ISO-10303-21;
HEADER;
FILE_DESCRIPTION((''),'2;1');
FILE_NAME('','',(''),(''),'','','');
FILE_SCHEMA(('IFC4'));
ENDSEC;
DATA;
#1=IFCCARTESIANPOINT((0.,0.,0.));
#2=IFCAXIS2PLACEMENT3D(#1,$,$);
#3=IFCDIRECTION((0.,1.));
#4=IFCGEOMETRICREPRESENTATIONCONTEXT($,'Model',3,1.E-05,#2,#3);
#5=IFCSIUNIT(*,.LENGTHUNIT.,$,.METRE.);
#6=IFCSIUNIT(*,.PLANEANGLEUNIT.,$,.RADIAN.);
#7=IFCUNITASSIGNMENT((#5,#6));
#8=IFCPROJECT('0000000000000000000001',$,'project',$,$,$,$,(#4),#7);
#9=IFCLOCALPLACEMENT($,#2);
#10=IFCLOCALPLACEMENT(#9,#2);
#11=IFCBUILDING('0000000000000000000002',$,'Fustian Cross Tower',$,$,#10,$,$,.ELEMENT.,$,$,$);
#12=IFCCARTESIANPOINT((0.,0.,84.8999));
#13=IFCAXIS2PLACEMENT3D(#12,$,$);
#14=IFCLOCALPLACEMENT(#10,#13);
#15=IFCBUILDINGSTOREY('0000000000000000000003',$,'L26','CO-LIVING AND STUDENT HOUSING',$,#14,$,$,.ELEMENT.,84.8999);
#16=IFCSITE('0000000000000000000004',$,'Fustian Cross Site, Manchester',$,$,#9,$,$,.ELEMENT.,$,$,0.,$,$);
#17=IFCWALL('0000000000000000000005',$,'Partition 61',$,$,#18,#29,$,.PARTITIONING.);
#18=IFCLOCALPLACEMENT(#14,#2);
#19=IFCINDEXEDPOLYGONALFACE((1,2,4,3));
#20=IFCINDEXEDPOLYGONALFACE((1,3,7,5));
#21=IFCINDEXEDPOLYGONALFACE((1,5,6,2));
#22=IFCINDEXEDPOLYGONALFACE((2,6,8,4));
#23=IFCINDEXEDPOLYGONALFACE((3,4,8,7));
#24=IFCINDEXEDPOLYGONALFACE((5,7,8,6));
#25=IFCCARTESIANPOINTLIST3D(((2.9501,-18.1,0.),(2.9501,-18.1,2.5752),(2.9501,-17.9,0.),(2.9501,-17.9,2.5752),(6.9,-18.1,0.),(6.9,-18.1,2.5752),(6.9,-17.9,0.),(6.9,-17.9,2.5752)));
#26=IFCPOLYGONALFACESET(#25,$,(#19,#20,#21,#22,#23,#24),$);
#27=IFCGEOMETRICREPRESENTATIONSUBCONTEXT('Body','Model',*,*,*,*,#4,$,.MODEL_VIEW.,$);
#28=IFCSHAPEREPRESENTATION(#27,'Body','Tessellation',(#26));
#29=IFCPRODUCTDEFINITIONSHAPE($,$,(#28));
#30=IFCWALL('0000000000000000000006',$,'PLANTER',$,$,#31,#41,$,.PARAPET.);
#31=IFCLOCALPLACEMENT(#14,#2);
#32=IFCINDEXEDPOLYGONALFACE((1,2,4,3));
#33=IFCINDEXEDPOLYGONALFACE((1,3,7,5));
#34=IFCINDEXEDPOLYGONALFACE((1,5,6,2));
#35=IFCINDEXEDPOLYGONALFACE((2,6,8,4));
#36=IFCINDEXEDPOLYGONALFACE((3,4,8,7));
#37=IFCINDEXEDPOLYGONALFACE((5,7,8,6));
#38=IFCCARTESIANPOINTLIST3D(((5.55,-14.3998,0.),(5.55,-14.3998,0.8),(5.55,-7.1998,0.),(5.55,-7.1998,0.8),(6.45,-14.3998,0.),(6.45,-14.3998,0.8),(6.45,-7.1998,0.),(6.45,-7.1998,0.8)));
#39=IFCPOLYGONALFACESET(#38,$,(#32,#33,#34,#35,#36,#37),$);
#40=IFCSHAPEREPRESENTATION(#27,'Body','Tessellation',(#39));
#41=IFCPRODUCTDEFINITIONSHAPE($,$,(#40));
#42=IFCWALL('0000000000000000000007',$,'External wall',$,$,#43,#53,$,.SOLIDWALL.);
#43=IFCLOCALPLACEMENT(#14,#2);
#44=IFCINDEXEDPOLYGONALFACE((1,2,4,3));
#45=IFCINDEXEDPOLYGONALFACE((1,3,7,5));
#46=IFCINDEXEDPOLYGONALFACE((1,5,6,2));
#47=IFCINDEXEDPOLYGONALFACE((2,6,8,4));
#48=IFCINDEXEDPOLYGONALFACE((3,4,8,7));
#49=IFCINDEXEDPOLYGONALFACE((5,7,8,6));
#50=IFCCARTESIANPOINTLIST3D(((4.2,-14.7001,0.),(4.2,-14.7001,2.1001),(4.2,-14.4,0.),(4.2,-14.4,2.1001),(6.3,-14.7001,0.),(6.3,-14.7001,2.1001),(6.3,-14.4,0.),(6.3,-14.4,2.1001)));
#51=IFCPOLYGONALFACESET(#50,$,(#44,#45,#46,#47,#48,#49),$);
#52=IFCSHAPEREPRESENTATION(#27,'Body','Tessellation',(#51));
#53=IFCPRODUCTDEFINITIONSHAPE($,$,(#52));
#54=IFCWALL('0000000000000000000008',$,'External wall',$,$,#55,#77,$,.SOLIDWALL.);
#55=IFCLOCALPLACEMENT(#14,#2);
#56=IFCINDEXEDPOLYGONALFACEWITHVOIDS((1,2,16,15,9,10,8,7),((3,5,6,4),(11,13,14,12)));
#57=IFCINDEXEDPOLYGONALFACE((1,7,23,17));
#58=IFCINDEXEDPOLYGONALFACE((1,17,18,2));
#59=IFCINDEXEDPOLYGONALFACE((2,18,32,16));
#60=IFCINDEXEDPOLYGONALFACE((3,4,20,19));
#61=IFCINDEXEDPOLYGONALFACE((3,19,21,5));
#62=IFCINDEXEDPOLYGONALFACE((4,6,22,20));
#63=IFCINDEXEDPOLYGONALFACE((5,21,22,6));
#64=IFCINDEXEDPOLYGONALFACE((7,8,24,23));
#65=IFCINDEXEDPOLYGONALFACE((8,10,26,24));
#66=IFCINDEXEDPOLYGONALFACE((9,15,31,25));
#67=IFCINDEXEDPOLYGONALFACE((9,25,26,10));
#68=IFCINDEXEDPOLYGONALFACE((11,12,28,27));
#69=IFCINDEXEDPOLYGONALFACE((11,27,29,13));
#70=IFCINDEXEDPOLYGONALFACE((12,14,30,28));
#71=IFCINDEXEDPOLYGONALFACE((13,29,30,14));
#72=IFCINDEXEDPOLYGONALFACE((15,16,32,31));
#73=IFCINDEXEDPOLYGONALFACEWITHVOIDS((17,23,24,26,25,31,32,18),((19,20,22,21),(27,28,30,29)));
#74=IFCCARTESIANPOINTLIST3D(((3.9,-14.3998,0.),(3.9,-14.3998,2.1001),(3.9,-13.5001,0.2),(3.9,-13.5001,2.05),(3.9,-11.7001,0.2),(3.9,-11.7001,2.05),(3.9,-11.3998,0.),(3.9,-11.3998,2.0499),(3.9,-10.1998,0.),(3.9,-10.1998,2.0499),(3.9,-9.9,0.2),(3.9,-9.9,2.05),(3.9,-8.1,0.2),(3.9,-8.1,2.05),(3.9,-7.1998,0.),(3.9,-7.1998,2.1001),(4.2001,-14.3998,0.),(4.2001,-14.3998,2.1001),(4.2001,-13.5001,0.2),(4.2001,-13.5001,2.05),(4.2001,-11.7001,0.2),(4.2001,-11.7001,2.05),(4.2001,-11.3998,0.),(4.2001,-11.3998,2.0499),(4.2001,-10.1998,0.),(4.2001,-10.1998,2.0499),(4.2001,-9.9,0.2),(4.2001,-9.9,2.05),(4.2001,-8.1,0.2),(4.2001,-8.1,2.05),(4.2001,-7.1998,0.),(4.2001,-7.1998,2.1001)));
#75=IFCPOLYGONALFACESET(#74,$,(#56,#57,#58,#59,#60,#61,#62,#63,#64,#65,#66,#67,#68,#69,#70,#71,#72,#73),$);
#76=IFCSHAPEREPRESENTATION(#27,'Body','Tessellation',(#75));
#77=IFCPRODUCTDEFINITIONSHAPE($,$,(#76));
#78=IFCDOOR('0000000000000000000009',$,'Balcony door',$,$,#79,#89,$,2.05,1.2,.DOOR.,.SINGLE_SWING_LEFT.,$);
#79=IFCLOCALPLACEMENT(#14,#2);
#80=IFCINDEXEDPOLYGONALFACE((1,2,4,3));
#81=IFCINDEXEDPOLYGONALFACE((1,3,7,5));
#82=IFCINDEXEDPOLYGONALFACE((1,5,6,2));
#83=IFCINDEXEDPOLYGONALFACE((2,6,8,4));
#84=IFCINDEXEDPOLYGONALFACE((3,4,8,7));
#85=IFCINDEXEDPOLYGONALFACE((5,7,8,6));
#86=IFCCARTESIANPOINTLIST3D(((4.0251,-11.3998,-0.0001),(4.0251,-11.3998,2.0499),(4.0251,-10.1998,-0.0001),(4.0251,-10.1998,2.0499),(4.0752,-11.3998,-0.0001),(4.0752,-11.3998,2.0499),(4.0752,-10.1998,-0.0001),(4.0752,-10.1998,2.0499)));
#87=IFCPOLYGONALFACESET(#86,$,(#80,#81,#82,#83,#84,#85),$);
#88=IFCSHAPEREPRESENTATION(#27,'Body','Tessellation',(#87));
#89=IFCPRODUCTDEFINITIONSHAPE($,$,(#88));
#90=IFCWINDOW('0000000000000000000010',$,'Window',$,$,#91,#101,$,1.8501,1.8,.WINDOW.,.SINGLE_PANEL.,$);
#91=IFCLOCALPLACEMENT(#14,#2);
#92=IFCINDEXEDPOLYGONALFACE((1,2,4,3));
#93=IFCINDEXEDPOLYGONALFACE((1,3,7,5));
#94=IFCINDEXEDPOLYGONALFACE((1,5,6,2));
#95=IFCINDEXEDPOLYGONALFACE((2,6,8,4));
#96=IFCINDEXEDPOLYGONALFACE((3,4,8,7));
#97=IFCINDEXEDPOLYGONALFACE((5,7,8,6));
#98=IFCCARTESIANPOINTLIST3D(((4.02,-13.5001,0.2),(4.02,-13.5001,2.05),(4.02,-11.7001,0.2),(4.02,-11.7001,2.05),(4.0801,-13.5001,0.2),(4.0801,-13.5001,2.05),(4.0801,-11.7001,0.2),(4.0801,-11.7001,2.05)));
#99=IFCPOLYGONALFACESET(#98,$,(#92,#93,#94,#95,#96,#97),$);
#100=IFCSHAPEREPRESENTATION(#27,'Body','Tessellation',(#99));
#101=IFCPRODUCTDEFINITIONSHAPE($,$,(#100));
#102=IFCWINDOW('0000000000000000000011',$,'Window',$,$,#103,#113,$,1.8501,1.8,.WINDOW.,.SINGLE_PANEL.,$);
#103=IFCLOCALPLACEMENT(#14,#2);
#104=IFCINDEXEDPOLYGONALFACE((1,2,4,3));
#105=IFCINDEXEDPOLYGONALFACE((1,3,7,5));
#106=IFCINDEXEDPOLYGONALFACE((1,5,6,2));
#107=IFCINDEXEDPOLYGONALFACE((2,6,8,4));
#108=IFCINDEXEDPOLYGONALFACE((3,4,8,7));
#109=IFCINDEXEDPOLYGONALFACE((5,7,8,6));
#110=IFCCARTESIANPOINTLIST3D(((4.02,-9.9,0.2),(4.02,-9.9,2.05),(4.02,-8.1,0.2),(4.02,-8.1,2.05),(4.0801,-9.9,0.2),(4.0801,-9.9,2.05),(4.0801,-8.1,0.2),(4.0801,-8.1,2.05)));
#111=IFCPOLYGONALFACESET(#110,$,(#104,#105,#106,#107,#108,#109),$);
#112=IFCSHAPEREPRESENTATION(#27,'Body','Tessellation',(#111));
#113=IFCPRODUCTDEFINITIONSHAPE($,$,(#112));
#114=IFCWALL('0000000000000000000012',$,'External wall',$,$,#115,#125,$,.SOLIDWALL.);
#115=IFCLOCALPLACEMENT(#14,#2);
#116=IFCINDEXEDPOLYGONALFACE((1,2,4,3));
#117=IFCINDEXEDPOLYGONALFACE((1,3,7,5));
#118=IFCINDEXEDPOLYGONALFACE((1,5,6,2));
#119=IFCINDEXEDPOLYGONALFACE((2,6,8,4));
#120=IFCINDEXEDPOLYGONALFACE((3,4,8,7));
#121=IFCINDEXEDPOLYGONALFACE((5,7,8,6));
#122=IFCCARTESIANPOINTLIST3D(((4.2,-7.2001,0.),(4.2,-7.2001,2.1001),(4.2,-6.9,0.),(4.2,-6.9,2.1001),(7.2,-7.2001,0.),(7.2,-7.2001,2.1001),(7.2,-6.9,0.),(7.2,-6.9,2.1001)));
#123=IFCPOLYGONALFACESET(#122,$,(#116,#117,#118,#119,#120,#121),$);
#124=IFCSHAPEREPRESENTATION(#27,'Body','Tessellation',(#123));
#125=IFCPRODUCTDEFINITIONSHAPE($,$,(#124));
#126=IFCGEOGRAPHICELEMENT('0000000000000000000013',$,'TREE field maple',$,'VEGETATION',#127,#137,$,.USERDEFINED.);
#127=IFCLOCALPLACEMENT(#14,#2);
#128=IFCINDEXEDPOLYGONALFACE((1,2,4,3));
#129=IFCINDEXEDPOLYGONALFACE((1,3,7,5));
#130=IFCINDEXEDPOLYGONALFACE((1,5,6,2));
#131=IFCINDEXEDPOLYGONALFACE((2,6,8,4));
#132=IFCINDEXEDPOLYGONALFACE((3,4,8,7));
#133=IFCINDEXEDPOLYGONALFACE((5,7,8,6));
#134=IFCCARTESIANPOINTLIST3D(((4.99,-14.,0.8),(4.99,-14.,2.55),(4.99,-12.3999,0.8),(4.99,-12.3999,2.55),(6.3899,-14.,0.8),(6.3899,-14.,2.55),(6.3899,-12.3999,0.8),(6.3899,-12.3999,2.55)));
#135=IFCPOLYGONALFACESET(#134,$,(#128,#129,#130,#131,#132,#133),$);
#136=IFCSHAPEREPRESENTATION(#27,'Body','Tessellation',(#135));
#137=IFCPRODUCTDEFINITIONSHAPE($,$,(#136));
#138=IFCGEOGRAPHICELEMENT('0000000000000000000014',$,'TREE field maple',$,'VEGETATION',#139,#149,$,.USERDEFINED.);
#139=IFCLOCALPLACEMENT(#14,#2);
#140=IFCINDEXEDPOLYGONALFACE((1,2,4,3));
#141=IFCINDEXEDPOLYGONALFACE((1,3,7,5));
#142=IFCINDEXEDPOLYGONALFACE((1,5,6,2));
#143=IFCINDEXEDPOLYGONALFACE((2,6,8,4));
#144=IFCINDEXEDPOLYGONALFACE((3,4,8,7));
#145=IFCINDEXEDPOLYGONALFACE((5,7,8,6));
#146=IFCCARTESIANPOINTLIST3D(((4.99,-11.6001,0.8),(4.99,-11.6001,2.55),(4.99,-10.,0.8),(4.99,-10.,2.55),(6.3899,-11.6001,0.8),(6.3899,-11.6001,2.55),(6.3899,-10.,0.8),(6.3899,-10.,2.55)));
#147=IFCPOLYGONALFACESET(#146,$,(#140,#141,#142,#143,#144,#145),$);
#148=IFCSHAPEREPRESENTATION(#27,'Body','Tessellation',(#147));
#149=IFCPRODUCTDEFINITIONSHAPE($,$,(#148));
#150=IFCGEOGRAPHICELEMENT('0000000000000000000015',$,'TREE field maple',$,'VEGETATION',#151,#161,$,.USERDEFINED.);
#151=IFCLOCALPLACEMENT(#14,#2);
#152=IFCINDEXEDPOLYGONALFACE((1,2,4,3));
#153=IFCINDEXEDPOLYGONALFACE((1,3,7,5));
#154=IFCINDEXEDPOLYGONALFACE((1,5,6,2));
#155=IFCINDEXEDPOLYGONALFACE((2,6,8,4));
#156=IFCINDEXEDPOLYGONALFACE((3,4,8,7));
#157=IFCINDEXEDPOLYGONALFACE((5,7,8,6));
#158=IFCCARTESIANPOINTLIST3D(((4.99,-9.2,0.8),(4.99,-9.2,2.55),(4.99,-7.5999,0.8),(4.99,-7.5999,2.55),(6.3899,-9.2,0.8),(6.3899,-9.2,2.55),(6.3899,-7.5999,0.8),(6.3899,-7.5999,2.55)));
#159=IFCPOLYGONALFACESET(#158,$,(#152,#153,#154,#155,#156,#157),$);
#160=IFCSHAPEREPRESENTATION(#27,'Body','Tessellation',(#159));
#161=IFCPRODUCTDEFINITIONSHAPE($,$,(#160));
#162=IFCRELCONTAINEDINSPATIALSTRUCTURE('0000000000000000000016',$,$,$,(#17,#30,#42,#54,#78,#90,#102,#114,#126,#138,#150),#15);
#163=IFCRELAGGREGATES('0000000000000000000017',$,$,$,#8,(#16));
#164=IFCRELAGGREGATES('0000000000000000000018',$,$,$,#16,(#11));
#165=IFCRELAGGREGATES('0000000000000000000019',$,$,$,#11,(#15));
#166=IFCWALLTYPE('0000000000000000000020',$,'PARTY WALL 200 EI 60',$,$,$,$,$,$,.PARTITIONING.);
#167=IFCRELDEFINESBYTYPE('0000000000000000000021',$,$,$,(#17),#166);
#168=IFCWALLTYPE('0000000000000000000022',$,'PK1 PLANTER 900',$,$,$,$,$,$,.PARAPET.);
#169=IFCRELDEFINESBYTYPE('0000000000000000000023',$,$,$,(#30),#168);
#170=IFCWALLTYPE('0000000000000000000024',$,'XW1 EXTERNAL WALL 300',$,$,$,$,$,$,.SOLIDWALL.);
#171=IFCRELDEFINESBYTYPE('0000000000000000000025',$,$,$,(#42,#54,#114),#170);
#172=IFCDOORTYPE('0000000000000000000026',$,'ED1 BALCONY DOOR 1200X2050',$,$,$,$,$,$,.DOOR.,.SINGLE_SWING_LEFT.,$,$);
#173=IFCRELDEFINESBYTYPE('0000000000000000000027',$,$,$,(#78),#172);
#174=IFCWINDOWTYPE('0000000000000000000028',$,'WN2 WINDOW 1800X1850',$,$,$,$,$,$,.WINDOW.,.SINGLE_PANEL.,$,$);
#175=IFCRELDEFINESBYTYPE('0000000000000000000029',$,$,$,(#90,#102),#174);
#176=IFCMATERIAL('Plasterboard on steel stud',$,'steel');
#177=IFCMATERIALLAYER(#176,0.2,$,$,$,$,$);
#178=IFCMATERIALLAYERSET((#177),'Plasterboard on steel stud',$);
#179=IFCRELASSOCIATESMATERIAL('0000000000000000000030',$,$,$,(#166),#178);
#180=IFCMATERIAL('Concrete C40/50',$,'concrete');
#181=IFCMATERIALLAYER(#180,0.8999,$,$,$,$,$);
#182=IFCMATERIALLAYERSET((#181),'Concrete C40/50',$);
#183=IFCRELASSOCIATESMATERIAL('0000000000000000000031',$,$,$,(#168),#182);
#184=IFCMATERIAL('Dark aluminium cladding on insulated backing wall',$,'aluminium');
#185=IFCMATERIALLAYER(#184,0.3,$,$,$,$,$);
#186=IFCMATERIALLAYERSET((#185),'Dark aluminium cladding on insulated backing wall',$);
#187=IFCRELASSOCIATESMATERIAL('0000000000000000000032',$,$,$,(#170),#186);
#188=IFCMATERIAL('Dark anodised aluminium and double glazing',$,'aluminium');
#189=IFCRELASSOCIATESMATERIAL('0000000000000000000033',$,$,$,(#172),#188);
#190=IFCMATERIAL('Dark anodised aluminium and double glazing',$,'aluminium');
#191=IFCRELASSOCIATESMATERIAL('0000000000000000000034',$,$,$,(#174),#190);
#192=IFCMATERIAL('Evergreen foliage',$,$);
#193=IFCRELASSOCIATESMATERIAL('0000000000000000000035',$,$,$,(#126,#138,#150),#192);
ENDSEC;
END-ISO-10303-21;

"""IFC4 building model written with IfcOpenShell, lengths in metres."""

from ifc_helpers import new_model, si_unit, direction, frame, frame_2d, origin, origin_2d, place, context, subcontext, project, spatial, rectangle, extrude, material, layer, layer_set, type_object, element, fill, save


model = new_model("IFC4")

# Units and contexts
model_context = context("Model", 3, precision=1e-05, world=origin(), true_north=direction((0.0, 1.0)))
body_context = subcontext(model_context, "Body", "Model", "MODEL_VIEW")
ifc_project = project(units=[si_unit("LENGTHUNIT", "METRE"), si_unit("PLANEANGLEUNIT", "RADIAN")], contexts=[model_context])

# Site, building, storey
site_placement = place(None, origin())
site = spatial("IfcSite", under=ifc_project, at=site_placement, Name="Fustian Cross Site, Manchester", CompositionType="ELEMENT", RefElevation=0.0)
building_placement = place(site_placement, origin())
building = spatial("IfcBuilding", under=site, at=building_placement, Name="Fustian Cross Tower", CompositionType="ELEMENT")
storey_placement = place(building_placement, frame((0.0, 0.0, 84.8999)))
storey = spatial("IfcBuildingStorey", under=building, at=storey_placement, Name="L26", Description="CO-LIVING AND STUDENT HOUSING", CompositionType="ELEMENT", Elevation=84.8999)

# Walls
ifc_material_1 = material(Name="Plasterboard on steel stud", Category="steel")
ifc_layer_1 = layer(ifc_material_1, 0.2)
ifc_layer_set_1 = layer_set([ifc_layer_1], Name="Plasterboard on steel stud")
wall_type_1 = type_object("IfcWallType", Name="PARTY WALL 200 EI 60", PredefinedType="PARTITIONING", material=ifc_layer_set_1)
wall_1_placement = place(storey_placement, frame((2.95, -18.0, 0.0), z_axis=(0.0, 0.0, 1.0), x_axis=(1.0, 0.0, 0.0)))
element("IfcWall", 1, at=wall_1_placement, inside=storey, type_object=wall_type_1, Name="Partition 61", PredefinedType="PARTITIONING", context=body_context, shape_type="SweptSolid", body=[
    extrude(rectangle(XDim=3.95, YDim=0.2, at=frame_2d((1.9751, 0.0))), origin(), (0.0, 0.0, 1.0), 2.5752),
])
ifc_material_2 = material(Name="Concrete C40/50", Category="concrete")
ifc_layer_2 = layer(ifc_material_2, 0.8999)
ifc_layer_set_2 = layer_set([ifc_layer_2], Name="Concrete C40/50")
wall_type_2 = type_object("IfcWallType", Name="PK1 PLANTER 900", PredefinedType="PARAPET", material=ifc_layer_set_2)
wall_2_placement = place(storey_placement, frame((6.0, -14.3999, 0.0), z_axis=(0.0, 0.0, 1.0), x_axis=(0.0, 1.0, 0.0)))
element("IfcWall", 2, at=wall_2_placement, inside=storey, type_object=wall_type_2, Name="PLANTER", PredefinedType="PARAPET", context=body_context, shape_type="SweptSolid", body=[
    extrude(rectangle(XDim=7.2, YDim=0.8999, at=frame_2d((3.6001, 0.0))), origin(), (0.0, 0.0, 1.0), 0.8),
])
ifc_material_3 = material(Name="Dark aluminium cladding on insulated backing wall", Category="aluminium")
ifc_layer_3 = layer(ifc_material_3, 0.3)
ifc_layer_set_3 = layer_set([ifc_layer_3], Name="Dark aluminium cladding on insulated backing wall")
wall_type_3 = type_object("IfcWallType", Name="XW1 EXTERNAL WALL 300", PredefinedType="SOLIDWALL", material=ifc_layer_set_3)
wall_3_placement = place(storey_placement, frame((6.3, -14.55, 0.0), z_axis=(0.0, 0.0, 1.0), x_axis=(-1.0, 0.0, 0.0)))
element("IfcWall", 3, at=wall_3_placement, inside=storey, type_object=wall_type_3, Name="External wall", PredefinedType="SOLIDWALL", context=body_context, shape_type="SweptSolid", body=[
    extrude(rectangle(XDim=2.1001, YDim=0.3, at=frame_2d((1.05, 0.0))), origin(), (0.0, 0.0, 1.0), 2.1001),
])

# Wall, openings, door, windows
wall_4_placement = place(storey_placement, frame((4.05, -14.3999, 0.0), z_axis=(0.0, 0.0, 1.0), x_axis=(0.0, 1.0, 0.0)))
wall_4 = element("IfcWall", 4, at=wall_4_placement, inside=storey, type_object=wall_type_3, Name="External wall", PredefinedType="SOLIDWALL", context=body_context, shape_type="SweptSolid", body=[
    extrude(rectangle(XDim=7.2, YDim=0.3, at=frame_2d((3.6001, 0.0))), origin(), (0.0, 0.0, 1.0), 2.1001),
])
opening_1_placement = place(wall_4_placement, frame((3.0, 0.0, 0.0)))
opening_1 = element("IfcOpeningElement", 5, at=opening_1_placement, cuts=wall_4, PredefinedType="OPENING", context=body_context, shape_type="SweptSolid", body=[
    extrude(rectangle(XDim=1.2, YDim=2.05, at=frame_2d((0.6001, 1.0249))), frame((0.0, 0.1599, 0.0), z_axis=(0.0, -1.0, 0.0), x_axis=(1.0, 0.0, 0.0)), (0.0, 0.0, 1.0), 0.3201),
])
opening_2_placement = place(wall_4_placement, frame((0.8999, 0.0, 0.2)))
opening_2 = element("IfcOpeningElement", 6, at=opening_2_placement, cuts=wall_4, PredefinedType="OPENING", context=body_context, shape_type="SweptSolid", body=[
    extrude(rectangle(XDim=1.8, YDim=1.8501, at=frame_2d((0.8999, 0.925))), frame((0.0, 0.1599, 0.0), z_axis=(0.0, -1.0, 0.0), x_axis=(1.0, 0.0, 0.0)), (0.0, 0.0, 1.0), 0.3201),
])
opening_3_placement = place(wall_4_placement, frame((4.5, 0.0, 0.2)))
opening_3 = element("IfcOpeningElement", 7, at=opening_3_placement, cuts=wall_4, PredefinedType="OPENING", context=body_context, shape_type="SweptSolid", body=[
    extrude(rectangle(XDim=1.8, YDim=1.8501, at=frame_2d((0.8999, 0.925))), frame((0.0, 0.1599, 0.0), z_axis=(0.0, -1.0, 0.0), x_axis=(1.0, 0.0, 0.0)), (0.0, 0.0, 1.0), 0.3201),
])
ifc_material_4 = material(Name="Dark anodised aluminium and double glazing", Category="aluminium")
door_type_1 = type_object("IfcDoorType", Name="ED1 BALCONY DOOR 1200X2050", OperationType="SINGLE_SWING_LEFT", PredefinedType="DOOR", material=ifc_material_4)
door_1_placement = place(opening_1_placement, origin())
door_1 = element("IfcDoor", 8, at=door_1_placement, inside=storey, type_object=door_type_1, Name="Balcony door", OperationType="SINGLE_SWING_LEFT", OverallHeight=2.05, OverallWidth=1.2, PredefinedType="DOOR", context=body_context, shape_type="SweptSolid", body=[
    extrude(rectangle(XDim=1.2, YDim=2.05, at=frame_2d((0.6001, 1.0249))), frame((0.0, 0.0249, 0.0), z_axis=(0.0, -1.0, 0.0), x_axis=(1.0, 0.0, 0.0)), (0.0, 0.0, 1.0), 0.05),
])
fill(opening_1, door_1)
ifc_material_5 = material(Name="Dark anodised aluminium and double glazing", Category="aluminium")
window_type = type_object("IfcWindowType", Name="WN2 WINDOW 1800X1850", PartitioningType="SINGLE_PANEL", PredefinedType="WINDOW", material=ifc_material_5)
window_1_placement = place(opening_2_placement, origin())
window_1 = element("IfcWindow", 9, at=window_1_placement, inside=storey, type_object=window_type, Name="Window", OverallHeight=1.8501, OverallWidth=1.8, PartitioningType="SINGLE_PANEL", PredefinedType="WINDOW", context=body_context, shape_type="SweptSolid", body=[
    extrude(rectangle(XDim=1.8, YDim=1.8501, at=frame_2d((0.8999, 0.925))), frame((0.0, 0.03, 0.0), z_axis=(0.0, -1.0, 0.0), x_axis=(1.0, 0.0, 0.0)), (0.0, 0.0, 1.0), 0.0601),
])
fill(opening_2, window_1)
window_2_placement = place(opening_3_placement, origin())
window_2 = element("IfcWindow", 10, at=window_2_placement, inside=storey, type_object=window_type, Name="Window", OverallHeight=1.8501, OverallWidth=1.8, PartitioningType="SINGLE_PANEL", PredefinedType="WINDOW", context=body_context, shape_type="SweptSolid", body=[
    extrude(rectangle(XDim=1.8, YDim=1.8501, at=frame_2d((0.8999, 0.925))), frame((0.0, 0.03, 0.0), z_axis=(0.0, -1.0, 0.0), x_axis=(1.0, 0.0, 0.0)), (0.0, 0.0, 1.0), 0.0601),
])
fill(opening_3, window_2)

# Wall
wall_5_placement = place(storey_placement, frame((4.2, -7.05, 0.0), z_axis=(0.0, 0.0, 1.0), x_axis=(1.0, 0.0, 0.0)))
element("IfcWall", 11, at=wall_5_placement, inside=storey, type_object=wall_type_3, Name="External wall", PredefinedType="SOLIDWALL", context=body_context, shape_type="SweptSolid", body=[
    extrude(rectangle(XDim=3.0, YDim=0.3, at=frame_2d((1.5, 0.0))), origin(), (0.0, 0.0, 1.0), 2.1001),
])

# Geographic elements
ifc_material_6 = material(Name="Evergreen foliage")
for number, where, z_axis, x_axis, name in (
    (12, (5.6899, -13.2, 0.8), (0.0, 0.0, 1.0), (1.0, 0.0, 0.0), "TREE field maple"),
    (13, (5.6899, -10.8, 0.8), (0.0, 0.0, 1.0), (1.0, 0.0, 0.0), "TREE field maple"),
    (14, (5.6899, -8.3999, 0.8), (0.0, 0.0, 1.0), (1.0, 0.0, 0.0), "TREE field maple"),
):
    element("IfcGeographicElement", number, at=place(storey_placement, frame(where, z_axis=z_axis, x_axis=x_axis)), inside=storey, material=ifc_material_6, Name=name, ObjectType="VEGETATION", PredefinedType="USERDEFINED", context=body_context, shape_type="SweptSolid", body=[
        extrude(rectangle(XDim=1.3999, YDim=1.6001, at=origin_2d()), origin(), (0.0, 0.0, 1.0), 1.75),
    ])

save(model, "model.ifc")
